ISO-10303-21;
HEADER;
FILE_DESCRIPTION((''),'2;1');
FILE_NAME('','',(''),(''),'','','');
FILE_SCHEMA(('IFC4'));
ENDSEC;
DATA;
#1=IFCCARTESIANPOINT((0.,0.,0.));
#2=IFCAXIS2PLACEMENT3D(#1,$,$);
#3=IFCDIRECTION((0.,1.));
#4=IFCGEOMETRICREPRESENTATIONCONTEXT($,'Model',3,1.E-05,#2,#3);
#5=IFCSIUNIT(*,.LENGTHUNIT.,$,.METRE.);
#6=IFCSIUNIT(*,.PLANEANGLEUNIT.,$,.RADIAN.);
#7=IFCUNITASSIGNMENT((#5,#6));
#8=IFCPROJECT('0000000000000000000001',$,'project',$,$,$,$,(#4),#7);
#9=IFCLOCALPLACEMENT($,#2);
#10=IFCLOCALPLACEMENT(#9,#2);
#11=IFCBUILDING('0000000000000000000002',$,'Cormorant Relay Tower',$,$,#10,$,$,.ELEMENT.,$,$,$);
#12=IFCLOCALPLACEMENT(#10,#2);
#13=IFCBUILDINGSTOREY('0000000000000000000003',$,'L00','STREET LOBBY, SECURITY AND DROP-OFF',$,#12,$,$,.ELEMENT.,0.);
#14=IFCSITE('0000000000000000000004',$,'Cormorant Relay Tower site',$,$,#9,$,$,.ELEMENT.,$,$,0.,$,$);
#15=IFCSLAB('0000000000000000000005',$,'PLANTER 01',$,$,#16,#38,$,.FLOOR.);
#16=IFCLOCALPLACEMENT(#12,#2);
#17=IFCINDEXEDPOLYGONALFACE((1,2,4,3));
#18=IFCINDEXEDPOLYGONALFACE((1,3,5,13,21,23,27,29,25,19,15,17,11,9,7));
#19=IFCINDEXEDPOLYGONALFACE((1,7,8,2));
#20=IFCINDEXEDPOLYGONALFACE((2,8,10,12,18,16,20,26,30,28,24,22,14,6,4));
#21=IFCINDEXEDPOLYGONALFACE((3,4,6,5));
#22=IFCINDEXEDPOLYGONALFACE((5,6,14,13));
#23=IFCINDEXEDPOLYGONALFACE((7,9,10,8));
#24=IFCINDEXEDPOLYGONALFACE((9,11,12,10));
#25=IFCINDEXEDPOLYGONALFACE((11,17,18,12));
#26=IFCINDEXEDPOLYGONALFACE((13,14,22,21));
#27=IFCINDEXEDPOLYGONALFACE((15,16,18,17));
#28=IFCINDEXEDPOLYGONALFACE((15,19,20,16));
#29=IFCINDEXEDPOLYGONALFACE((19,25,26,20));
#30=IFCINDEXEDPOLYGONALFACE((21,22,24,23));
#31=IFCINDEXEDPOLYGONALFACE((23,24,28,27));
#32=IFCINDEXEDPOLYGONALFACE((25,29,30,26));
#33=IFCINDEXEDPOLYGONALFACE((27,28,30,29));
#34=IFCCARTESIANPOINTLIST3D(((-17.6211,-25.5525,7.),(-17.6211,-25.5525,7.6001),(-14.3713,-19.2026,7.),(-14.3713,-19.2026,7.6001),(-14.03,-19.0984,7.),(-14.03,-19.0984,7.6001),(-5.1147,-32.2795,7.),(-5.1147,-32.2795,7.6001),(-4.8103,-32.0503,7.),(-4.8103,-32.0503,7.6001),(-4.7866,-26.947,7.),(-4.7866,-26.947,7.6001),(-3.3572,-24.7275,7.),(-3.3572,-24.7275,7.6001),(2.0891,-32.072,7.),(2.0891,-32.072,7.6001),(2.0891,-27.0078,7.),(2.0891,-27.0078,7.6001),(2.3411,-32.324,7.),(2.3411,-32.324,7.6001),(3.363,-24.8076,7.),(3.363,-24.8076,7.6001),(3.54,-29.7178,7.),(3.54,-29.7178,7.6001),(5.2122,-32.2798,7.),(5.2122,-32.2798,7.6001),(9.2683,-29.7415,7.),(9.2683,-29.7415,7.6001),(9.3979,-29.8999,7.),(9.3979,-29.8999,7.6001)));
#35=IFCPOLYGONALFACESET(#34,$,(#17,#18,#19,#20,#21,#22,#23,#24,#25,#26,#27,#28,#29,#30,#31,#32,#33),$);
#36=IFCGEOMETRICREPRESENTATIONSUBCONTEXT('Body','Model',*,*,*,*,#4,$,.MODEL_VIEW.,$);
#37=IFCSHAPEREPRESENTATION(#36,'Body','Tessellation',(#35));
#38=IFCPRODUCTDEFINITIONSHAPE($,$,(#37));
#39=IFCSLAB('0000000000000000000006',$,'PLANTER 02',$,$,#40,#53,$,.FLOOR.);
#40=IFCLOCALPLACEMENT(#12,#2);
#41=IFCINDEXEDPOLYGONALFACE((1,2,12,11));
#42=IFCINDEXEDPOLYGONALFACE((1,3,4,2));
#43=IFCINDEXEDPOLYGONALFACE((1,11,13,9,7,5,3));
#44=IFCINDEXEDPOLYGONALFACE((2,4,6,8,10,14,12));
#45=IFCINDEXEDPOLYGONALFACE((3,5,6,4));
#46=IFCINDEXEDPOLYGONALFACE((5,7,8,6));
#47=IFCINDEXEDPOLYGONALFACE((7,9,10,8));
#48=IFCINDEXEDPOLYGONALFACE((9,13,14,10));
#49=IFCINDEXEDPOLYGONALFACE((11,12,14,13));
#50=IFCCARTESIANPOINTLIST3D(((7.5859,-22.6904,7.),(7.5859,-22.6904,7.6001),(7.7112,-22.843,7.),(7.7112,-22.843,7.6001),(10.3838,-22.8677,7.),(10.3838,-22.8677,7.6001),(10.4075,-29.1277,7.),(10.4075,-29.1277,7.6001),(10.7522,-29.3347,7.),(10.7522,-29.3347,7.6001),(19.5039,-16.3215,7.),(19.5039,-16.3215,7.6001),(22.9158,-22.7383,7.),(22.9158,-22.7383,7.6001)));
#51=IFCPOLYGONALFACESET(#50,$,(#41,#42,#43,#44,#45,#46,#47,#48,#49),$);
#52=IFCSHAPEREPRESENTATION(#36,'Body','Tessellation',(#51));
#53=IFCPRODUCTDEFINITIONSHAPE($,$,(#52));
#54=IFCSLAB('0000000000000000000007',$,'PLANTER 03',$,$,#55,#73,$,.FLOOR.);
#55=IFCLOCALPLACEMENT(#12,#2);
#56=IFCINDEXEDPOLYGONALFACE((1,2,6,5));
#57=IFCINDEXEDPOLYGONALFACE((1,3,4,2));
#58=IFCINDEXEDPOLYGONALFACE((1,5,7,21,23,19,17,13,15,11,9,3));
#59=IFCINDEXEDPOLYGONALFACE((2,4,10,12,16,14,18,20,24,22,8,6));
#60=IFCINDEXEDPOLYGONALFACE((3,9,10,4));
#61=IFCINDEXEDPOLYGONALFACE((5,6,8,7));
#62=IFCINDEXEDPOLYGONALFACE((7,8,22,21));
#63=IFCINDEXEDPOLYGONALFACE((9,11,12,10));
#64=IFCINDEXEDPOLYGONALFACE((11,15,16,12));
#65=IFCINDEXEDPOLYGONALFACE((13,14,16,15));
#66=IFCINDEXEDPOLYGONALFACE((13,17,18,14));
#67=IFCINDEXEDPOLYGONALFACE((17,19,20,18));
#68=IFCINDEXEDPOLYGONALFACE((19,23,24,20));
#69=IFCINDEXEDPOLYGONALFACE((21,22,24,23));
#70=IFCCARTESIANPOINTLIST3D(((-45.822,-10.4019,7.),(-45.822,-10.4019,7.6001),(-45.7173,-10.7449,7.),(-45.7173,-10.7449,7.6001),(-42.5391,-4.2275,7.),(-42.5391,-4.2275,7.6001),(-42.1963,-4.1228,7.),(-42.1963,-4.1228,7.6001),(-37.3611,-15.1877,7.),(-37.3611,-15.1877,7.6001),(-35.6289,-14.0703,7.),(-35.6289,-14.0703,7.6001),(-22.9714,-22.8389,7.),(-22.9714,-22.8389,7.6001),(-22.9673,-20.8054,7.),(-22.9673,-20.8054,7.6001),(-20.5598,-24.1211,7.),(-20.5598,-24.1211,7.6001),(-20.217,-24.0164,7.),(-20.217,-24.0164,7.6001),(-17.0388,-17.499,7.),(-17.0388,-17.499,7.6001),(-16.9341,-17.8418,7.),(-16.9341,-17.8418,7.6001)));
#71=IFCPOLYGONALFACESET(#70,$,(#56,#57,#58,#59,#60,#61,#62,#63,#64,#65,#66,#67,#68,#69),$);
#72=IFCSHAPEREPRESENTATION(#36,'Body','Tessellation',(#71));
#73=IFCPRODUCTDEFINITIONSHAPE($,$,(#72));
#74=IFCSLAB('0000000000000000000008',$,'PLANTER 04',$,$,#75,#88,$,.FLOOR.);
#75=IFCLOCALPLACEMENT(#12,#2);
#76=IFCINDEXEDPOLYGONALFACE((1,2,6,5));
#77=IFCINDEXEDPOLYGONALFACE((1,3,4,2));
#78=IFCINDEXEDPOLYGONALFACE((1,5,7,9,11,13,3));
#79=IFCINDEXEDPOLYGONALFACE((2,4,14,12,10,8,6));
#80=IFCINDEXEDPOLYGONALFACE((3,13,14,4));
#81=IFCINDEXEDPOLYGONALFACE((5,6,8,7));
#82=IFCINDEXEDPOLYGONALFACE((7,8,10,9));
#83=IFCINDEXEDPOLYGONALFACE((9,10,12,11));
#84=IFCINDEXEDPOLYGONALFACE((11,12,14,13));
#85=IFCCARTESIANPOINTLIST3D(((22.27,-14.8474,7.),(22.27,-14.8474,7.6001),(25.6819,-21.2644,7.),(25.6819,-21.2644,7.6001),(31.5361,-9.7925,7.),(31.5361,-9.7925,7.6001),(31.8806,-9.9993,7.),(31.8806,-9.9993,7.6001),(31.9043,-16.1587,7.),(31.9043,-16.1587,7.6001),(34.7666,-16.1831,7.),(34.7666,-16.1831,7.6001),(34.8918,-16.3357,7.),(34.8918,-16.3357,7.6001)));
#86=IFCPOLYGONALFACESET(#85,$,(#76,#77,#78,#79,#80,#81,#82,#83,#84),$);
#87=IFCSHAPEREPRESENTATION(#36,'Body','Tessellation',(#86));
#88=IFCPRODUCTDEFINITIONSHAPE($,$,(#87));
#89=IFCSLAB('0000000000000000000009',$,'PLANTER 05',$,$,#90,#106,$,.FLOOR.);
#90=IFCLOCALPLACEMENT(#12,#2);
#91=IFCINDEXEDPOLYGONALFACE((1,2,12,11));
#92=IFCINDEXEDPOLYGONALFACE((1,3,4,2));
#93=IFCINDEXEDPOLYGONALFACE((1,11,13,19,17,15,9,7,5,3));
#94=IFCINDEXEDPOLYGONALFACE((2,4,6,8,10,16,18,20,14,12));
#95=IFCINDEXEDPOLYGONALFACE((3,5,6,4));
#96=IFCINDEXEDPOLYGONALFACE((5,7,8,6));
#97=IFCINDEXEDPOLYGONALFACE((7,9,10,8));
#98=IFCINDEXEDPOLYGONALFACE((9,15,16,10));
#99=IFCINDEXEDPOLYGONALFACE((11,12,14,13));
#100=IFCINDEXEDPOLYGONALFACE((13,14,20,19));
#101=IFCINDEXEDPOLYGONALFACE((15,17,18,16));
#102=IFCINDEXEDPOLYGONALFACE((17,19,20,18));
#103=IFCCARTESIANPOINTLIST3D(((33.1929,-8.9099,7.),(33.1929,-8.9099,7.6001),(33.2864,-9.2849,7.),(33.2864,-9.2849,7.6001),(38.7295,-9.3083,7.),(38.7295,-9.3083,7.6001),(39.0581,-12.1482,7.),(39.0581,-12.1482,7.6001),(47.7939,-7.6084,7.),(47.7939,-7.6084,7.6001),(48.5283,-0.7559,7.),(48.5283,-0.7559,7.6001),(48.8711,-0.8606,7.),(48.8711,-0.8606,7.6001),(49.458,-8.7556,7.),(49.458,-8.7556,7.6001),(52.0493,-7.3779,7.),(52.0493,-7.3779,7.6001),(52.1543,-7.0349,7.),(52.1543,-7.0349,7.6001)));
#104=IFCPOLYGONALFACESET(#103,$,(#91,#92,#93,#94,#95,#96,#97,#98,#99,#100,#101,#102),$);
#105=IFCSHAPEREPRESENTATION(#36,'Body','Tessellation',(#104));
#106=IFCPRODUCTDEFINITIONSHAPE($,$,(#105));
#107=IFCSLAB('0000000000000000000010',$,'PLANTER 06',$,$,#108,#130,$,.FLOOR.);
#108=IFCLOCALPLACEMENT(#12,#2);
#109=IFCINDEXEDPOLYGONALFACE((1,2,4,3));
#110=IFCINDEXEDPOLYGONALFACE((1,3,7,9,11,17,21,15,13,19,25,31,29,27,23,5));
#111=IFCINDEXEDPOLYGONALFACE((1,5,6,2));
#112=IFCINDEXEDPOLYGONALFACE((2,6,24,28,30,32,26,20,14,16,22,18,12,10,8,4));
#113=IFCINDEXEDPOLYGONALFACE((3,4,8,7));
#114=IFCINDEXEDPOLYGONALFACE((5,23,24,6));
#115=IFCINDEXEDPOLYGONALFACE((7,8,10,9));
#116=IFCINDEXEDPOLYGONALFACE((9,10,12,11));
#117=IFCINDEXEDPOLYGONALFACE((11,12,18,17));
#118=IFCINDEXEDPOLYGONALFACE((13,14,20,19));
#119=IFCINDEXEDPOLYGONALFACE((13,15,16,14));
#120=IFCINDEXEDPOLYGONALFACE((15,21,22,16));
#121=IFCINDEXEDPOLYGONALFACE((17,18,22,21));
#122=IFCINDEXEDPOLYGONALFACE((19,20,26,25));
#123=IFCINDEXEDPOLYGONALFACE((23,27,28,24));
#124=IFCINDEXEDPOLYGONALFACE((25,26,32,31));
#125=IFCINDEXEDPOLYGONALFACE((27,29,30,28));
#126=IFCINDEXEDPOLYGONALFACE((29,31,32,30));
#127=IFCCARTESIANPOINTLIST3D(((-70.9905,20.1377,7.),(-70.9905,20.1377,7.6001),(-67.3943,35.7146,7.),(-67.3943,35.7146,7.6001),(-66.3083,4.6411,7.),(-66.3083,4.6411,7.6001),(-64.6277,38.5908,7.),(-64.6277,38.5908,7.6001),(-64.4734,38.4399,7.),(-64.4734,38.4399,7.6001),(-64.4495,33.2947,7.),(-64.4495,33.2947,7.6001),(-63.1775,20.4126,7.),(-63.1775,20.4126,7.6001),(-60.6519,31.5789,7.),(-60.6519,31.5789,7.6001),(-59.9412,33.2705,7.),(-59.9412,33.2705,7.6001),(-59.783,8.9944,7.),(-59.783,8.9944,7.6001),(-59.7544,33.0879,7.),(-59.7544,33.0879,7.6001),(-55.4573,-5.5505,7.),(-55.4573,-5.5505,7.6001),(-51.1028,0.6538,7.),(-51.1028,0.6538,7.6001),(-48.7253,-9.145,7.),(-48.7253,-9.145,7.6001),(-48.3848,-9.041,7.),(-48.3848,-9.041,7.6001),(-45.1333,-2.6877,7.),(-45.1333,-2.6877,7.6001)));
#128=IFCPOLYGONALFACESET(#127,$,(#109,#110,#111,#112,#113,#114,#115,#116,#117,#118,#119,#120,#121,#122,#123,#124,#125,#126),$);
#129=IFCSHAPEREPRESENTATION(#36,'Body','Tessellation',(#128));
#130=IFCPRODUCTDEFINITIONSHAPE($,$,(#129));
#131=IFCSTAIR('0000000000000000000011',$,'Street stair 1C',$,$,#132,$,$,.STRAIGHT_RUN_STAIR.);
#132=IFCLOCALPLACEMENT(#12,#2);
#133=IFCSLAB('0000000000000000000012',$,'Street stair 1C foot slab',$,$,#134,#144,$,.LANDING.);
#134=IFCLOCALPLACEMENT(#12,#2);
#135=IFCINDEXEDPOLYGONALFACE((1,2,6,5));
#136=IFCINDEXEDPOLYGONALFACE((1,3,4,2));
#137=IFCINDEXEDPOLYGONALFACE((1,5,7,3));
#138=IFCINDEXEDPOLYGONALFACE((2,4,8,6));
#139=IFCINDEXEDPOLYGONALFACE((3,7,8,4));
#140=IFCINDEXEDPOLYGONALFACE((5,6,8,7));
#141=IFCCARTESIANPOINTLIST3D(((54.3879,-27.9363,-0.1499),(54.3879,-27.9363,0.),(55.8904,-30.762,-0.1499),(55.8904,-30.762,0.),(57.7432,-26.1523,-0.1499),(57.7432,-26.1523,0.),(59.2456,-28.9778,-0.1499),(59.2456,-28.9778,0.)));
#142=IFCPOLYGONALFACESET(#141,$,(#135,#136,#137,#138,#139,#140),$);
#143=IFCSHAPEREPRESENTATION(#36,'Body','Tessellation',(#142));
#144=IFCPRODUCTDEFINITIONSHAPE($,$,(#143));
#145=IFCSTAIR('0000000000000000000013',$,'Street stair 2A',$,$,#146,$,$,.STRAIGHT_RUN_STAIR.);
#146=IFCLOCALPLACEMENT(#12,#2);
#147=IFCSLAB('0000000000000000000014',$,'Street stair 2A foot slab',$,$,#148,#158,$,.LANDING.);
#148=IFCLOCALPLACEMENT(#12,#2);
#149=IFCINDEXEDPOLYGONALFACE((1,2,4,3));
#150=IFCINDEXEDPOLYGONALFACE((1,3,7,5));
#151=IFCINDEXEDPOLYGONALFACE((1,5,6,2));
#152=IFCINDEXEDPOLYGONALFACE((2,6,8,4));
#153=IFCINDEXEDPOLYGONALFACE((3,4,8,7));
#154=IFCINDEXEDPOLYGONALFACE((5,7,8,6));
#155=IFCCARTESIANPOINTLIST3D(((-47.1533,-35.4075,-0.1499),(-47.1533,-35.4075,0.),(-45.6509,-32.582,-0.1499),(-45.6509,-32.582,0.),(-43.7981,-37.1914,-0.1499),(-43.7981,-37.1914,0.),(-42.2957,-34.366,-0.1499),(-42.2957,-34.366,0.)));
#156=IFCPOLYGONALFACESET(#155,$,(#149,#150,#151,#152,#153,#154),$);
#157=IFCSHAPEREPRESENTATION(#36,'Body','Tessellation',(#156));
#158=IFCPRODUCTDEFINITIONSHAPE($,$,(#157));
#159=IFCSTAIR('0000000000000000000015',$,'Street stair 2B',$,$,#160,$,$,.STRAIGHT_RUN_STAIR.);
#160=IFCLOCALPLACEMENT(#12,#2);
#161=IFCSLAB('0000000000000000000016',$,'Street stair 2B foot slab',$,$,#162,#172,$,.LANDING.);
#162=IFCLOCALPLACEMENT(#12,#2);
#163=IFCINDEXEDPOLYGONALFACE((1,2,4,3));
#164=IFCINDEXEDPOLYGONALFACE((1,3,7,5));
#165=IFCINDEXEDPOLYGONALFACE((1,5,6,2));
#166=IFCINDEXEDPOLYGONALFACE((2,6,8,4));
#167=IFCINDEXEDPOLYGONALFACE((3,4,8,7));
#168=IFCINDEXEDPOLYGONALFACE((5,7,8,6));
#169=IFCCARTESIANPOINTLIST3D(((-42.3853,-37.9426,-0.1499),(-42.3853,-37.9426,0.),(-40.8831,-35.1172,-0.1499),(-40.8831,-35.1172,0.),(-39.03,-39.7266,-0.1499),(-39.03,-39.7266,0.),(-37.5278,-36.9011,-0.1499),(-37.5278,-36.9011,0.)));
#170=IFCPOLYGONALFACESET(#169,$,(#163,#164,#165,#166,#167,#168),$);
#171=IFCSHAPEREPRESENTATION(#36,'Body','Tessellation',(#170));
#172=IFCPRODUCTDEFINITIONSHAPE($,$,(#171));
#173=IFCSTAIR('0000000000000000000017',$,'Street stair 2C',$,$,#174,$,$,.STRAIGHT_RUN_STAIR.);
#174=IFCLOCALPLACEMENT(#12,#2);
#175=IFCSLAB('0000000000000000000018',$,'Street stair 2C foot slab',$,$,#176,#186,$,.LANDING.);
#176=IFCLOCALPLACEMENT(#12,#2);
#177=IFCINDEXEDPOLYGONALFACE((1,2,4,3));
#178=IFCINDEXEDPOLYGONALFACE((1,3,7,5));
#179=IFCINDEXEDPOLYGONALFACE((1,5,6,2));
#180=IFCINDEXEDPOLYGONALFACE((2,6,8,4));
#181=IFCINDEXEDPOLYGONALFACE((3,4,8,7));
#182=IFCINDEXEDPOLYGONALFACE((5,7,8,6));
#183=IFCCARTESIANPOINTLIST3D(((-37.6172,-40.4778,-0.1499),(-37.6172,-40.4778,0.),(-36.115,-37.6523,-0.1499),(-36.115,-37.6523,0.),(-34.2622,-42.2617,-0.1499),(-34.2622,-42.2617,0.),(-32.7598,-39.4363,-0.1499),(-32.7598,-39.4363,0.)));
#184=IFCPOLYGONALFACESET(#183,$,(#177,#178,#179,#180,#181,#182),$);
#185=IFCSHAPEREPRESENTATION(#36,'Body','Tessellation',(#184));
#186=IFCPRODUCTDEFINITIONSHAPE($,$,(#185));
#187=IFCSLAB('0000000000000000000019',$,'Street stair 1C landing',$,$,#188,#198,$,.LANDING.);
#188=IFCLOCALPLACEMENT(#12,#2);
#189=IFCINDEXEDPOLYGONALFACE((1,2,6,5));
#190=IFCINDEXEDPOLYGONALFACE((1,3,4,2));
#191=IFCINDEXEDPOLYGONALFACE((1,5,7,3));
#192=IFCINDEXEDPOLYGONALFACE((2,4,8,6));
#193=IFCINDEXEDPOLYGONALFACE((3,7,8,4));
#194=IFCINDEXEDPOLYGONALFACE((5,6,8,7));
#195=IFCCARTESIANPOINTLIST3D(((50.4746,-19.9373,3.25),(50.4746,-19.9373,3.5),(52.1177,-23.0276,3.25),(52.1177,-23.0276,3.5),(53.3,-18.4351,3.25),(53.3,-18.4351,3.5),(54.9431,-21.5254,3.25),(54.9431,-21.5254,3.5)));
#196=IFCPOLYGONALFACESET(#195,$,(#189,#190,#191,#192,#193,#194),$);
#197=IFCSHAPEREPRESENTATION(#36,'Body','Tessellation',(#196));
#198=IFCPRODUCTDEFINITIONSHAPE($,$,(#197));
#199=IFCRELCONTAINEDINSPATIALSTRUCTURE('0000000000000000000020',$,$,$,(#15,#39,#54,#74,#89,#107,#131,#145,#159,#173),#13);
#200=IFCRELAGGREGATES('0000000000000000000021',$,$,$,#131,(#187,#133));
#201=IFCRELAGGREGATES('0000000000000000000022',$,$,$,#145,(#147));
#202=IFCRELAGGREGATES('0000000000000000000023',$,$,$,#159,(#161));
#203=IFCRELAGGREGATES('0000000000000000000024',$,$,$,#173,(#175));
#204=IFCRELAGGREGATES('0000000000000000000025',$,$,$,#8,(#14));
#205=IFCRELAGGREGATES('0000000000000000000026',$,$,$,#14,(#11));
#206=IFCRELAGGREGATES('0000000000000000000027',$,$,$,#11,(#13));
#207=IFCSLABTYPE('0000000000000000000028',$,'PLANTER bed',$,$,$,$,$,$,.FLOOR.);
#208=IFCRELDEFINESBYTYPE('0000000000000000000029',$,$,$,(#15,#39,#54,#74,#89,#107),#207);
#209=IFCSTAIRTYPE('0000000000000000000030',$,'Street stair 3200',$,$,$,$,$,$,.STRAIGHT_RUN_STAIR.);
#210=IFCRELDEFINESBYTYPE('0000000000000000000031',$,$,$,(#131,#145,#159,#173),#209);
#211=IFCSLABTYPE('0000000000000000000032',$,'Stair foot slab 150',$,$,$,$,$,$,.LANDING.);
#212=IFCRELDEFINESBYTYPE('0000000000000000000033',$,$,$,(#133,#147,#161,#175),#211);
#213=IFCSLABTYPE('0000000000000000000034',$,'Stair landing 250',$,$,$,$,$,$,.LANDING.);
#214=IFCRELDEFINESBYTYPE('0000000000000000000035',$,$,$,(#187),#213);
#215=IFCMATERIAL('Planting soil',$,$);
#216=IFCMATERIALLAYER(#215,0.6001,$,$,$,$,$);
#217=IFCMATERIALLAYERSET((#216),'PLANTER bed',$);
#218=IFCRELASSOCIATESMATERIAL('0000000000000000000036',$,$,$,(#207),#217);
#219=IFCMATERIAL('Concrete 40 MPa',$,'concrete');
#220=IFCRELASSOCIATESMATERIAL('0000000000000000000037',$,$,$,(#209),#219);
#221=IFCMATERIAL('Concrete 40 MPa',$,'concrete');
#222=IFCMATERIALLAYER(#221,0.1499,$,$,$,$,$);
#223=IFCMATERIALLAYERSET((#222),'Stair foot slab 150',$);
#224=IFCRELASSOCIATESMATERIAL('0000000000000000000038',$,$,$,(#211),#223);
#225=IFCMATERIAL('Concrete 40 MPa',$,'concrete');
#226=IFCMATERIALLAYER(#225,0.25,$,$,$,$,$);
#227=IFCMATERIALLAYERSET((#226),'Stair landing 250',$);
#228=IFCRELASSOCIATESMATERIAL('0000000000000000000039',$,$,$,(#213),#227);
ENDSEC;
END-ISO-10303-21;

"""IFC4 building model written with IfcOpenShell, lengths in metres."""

from ifc_helpers import new_model, si_unit, direction, frame, origin, place, context, subcontext, project, spatial, polyline, outline, extrude, material, layer, layer_set, type_object, element, aggregate, save


model = new_model("IFC4")

# Units and contexts
model_context = context("Model", 3, precision=1e-05, world=origin(), true_north=direction((0.0, 1.0)))
body_context = subcontext(model_context, "Body", "Model", "MODEL_VIEW")
ifc_project = project(units=[si_unit("LENGTHUNIT", "METRE"), si_unit("PLANEANGLEUNIT", "RADIAN")], contexts=[model_context])

# Site, building, storey
site_placement = place(None, origin())
site = spatial("IfcSite", under=ifc_project, at=site_placement, Name="Cormorant Relay Tower site", CompositionType="ELEMENT", RefElevation=0.0)
building_placement = place(site_placement, origin())
building = spatial("IfcBuilding", under=site, at=building_placement, Name="Cormorant Relay Tower", CompositionType="ELEMENT")
storey_placement = place(building_placement, origin())
storey = spatial("IfcBuildingStorey", under=building, at=storey_placement, Name="L00", Description="STREET LOBBY, SECURITY AND DROP-OFF", CompositionType="ELEMENT", Elevation=0.0)

# Slabs
ifc_material_1 = material(Name="Planting soil")
ifc_layer_1 = layer(ifc_material_1, 0.6001)
ifc_layer_set_1 = layer_set([ifc_layer_1], Name="PLANTER bed")
slab_type_1 = type_object("IfcSlabType", Name="PLANTER bed", PredefinedType="FLOOR", material=ifc_layer_set_1)
slab_1_placement = place(storey_placement, frame((0.0, 0.0, 7.0)))
element("IfcSlab", 1, at=slab_1_placement, inside=storey, type_object=slab_type_1, Name="PLANTER 01", PredefinedType="FLOOR", context=body_context, shape_type="SweptSolid", body=[
    extrude(outline(polyline([(2.3411, -32.324), (5.2122, -32.2798), (9.3979, -29.8999), (9.2683, -29.7415), (3.54, -29.7178), (3.363, -24.8076), (-3.3572, -24.7275), (-14.03, -19.0984), (-14.3713, -19.2026), (-17.6211, -25.5525), (-5.1147, -32.2795), (-4.8103, -32.0503), (-4.7866, -26.947), (2.0891, -27.0078), (2.0891, -32.072), (2.3411, -32.324)])), origin(), (0.0, 0.0, 1.0), 0.6001),
])
slab_2_placement = place(storey_placement, frame((0.0, 0.0, 7.0)))
element("IfcSlab", 2, at=slab_2_placement, inside=storey, type_object=slab_type_1, Name="PLANTER 02", PredefinedType="FLOOR", context=body_context, shape_type="SweptSolid", body=[
    extrude(outline(polyline([(10.7522, -29.3347), (22.9158, -22.7383), (19.5039, -16.3215), (7.5859, -22.6904), (7.7112, -22.843), (10.3838, -22.8677), (10.4075, -29.1277), (10.7522, -29.3347)])), origin(), (0.0, 0.0, 1.0), 0.6001),
])
slab_3_placement = place(storey_placement, frame((0.0, 0.0, 7.0)))
element("IfcSlab", 3, at=slab_3_placement, inside=storey, type_object=slab_type_1, Name="PLANTER 03", PredefinedType="FLOOR", context=body_context, shape_type="SweptSolid", body=[
    extrude(outline(polyline([(-20.5598, -24.1211), (-20.217, -24.0164), (-16.9341, -17.8418), (-17.0388, -17.499), (-42.1963, -4.1228), (-42.5391, -4.2275), (-45.822, -10.4019), (-45.7173, -10.7449), (-37.3611, -15.1877), (-35.6289, -14.0703), (-22.9673, -20.8054), (-22.9714, -22.8389), (-20.5598, -24.1211)])), origin(), (0.0, 0.0, 1.0), 0.6001),
])
slab_4_placement = place(storey_placement, frame((0.0, 0.0, 7.0)))
element("IfcSlab", 4, at=slab_4_placement, inside=storey, type_object=slab_type_1, Name="PLANTER 04", PredefinedType="FLOOR", context=body_context, shape_type="SweptSolid", body=[
    extrude(outline(polyline([(25.6819, -21.2644), (34.8918, -16.3357), (34.7666, -16.1831), (31.9043, -16.1587), (31.8806, -9.9993), (31.5361, -9.7925), (22.27, -14.8474), (25.6819, -21.2644)])), origin(), (0.0, 0.0, 1.0), 0.6001),
])
slab_5_placement = place(storey_placement, frame((0.0, 0.0, 7.0)))
element("IfcSlab", 5, at=slab_5_placement, inside=storey, type_object=slab_type_1, Name="PLANTER 05", PredefinedType="FLOOR", context=body_context, shape_type="SweptSolid", body=[
    extrude(outline(polyline([(39.0581, -12.1482), (47.7939, -7.6084), (49.458, -8.7556), (52.0493, -7.3779), (52.1543, -7.0349), (48.8711, -0.8606), (48.5283, -0.7559), (33.1929, -8.9099), (33.2864, -9.2849), (38.7295, -9.3083), (39.0581, -12.1482)])), origin(), (0.0, 0.0, 1.0), 0.6001),
])
slab_6_placement = place(storey_placement, frame((0.0, 0.0, 7.0)))
element("IfcSlab", 6, at=slab_6_placement, inside=storey, type_object=slab_type_1, Name="PLANTER 06", PredefinedType="FLOOR", context=body_context, shape_type="SweptSolid", body=[
    extrude(outline(polyline([(-48.7253, -9.145), (-48.3848, -9.041), (-45.1333, -2.6877), (-51.1028, 0.6538), (-59.783, 8.9944), (-63.1775, 20.4126), (-60.6519, 31.5789), (-59.7544, 33.0879), (-59.9412, 33.2705), (-64.4495, 33.2947), (-64.4734, 38.4399), (-64.6277, 38.5908), (-67.3943, 35.7146), (-70.9905, 20.1377), (-66.3083, 4.6411), (-55.4573, -5.5505), (-48.7253, -9.145)])), origin(), (0.0, 0.0, 1.0), 0.6001),
])

# Stairs, slabs
ifc_material_2 = material(Name="Concrete 40 MPa", Category="concrete")
stair_type = type_object("IfcStairType", Name="Street stair 3200", PredefinedType="STRAIGHT_RUN_STAIR", material=ifc_material_2)
stair_1_placement = place(storey_placement, origin())
stair_1 = element("IfcStair", 7, at=stair_1_placement, inside=storey, type_object=stair_type, Name="Street stair 1C", PredefinedType="STRAIGHT_RUN_STAIR")
ifc_material_3 = material(Name="Concrete 40 MPa", Category="concrete")
ifc_layer_2 = layer(ifc_material_3, 0.1499)
ifc_layer_set_2 = layer_set([ifc_layer_2], Name="Stair foot slab 150")
slab_type_2 = type_object("IfcSlabType", Name="Stair foot slab 150", PredefinedType="LANDING", material=ifc_layer_set_2)
slab_7_placement = place(storey_placement, frame((0.0, 0.0, -0.1499)))
slab_7 = element("IfcSlab", 8, at=slab_7_placement, type_object=slab_type_2, Name="Street stair 1C foot slab", PredefinedType="LANDING", context=body_context, shape_type="SweptSolid", body=[
    extrude(outline(polyline([(54.3879, -27.9363), (55.8904, -30.762), (59.2456, -28.9778), (57.7432, -26.1523), (54.3879, -27.9363)])), origin(), (0.0, 0.0, 1.0), 0.1499),
])
stair_2_placement = place(storey_placement, origin())
stair_2 = element("IfcStair", 9, at=stair_2_placement, inside=storey, type_object=stair_type, Name="Street stair 2A", PredefinedType="STRAIGHT_RUN_STAIR")
slab_8_placement = place(storey_placement, frame((0.0, 0.0, -0.1499)))
slab_8 = element("IfcSlab", 10, at=slab_8_placement, type_object=slab_type_2, Name="Street stair 2A foot slab", PredefinedType="LANDING", context=body_context, shape_type="SweptSolid", body=[
    extrude(outline(polyline([(-45.6509, -32.582), (-47.1533, -35.4075), (-43.7981, -37.1914), (-42.2957, -34.366), (-45.6509, -32.582)])), origin(), (0.0, 0.0, 1.0), 0.1499),
])
stair_3_placement = place(storey_placement, origin())
stair_3 = element("IfcStair", 11, at=stair_3_placement, inside=storey, type_object=stair_type, Name="Street stair 2B", PredefinedType="STRAIGHT_RUN_STAIR")
slab_9_placement = place(storey_placement, frame((0.0, 0.0, -0.1499)))
slab_9 = element("IfcSlab", 12, at=slab_9_placement, type_object=slab_type_2, Name="Street stair 2B foot slab", PredefinedType="LANDING", context=body_context, shape_type="SweptSolid", body=[
    extrude(outline(polyline([(-40.8831, -35.1172), (-42.3853, -37.9426), (-39.03, -39.7266), (-37.5278, -36.9011), (-40.8831, -35.1172)])), origin(), (0.0, 0.0, 1.0), 0.1499),
])
stair_4_placement = place(storey_placement, origin())
stair_4 = element("IfcStair", 13, at=stair_4_placement, inside=storey, type_object=stair_type, Name="Street stair 2C", PredefinedType="STRAIGHT_RUN_STAIR")
slab_10_placement = place(storey_placement, frame((0.0, 0.0, -0.1499)))
slab_10 = element("IfcSlab", 14, at=slab_10_placement, type_object=slab_type_2, Name="Street stair 2C foot slab", PredefinedType="LANDING", context=body_context, shape_type="SweptSolid", body=[
    extrude(outline(polyline([(-36.115, -37.6523), (-37.6172, -40.4778), (-34.2622, -42.2617), (-32.7598, -39.4363), (-36.115, -37.6523)])), origin(), (0.0, 0.0, 1.0), 0.1499),
])

# Slab
ifc_material_4 = material(Name="Concrete 40 MPa", Category="concrete")
ifc_layer_3 = layer(ifc_material_4, 0.25)
ifc_layer_set_3 = layer_set([ifc_layer_3], Name="Stair landing 250")
slab_type_3 = type_object("IfcSlabType", Name="Stair landing 250", PredefinedType="LANDING", material=ifc_layer_set_3)
slab_11_placement = place(storey_placement, frame((0.0, 0.0, 3.25)))
slab_11 = element("IfcSlab", 15, at=slab_11_placement, type_object=slab_type_3, Name="Street stair 1C landing", PredefinedType="LANDING", context=body_context, shape_type="SweptSolid", body=[
    extrude(outline(polyline([(50.4746, -19.9373), (52.1177, -23.0276), (54.9431, -21.5254), (53.3, -18.4351), (50.4746, -19.9373)])), origin(), (0.0, 0.0, 1.0), 0.25),
])
aggregate(stair_1, [slab_11, slab_7])
aggregate(stair_2, [slab_8])
aggregate(stair_3, [slab_9])
aggregate(stair_4, [slab_10])

save(model, "model.ifc")
